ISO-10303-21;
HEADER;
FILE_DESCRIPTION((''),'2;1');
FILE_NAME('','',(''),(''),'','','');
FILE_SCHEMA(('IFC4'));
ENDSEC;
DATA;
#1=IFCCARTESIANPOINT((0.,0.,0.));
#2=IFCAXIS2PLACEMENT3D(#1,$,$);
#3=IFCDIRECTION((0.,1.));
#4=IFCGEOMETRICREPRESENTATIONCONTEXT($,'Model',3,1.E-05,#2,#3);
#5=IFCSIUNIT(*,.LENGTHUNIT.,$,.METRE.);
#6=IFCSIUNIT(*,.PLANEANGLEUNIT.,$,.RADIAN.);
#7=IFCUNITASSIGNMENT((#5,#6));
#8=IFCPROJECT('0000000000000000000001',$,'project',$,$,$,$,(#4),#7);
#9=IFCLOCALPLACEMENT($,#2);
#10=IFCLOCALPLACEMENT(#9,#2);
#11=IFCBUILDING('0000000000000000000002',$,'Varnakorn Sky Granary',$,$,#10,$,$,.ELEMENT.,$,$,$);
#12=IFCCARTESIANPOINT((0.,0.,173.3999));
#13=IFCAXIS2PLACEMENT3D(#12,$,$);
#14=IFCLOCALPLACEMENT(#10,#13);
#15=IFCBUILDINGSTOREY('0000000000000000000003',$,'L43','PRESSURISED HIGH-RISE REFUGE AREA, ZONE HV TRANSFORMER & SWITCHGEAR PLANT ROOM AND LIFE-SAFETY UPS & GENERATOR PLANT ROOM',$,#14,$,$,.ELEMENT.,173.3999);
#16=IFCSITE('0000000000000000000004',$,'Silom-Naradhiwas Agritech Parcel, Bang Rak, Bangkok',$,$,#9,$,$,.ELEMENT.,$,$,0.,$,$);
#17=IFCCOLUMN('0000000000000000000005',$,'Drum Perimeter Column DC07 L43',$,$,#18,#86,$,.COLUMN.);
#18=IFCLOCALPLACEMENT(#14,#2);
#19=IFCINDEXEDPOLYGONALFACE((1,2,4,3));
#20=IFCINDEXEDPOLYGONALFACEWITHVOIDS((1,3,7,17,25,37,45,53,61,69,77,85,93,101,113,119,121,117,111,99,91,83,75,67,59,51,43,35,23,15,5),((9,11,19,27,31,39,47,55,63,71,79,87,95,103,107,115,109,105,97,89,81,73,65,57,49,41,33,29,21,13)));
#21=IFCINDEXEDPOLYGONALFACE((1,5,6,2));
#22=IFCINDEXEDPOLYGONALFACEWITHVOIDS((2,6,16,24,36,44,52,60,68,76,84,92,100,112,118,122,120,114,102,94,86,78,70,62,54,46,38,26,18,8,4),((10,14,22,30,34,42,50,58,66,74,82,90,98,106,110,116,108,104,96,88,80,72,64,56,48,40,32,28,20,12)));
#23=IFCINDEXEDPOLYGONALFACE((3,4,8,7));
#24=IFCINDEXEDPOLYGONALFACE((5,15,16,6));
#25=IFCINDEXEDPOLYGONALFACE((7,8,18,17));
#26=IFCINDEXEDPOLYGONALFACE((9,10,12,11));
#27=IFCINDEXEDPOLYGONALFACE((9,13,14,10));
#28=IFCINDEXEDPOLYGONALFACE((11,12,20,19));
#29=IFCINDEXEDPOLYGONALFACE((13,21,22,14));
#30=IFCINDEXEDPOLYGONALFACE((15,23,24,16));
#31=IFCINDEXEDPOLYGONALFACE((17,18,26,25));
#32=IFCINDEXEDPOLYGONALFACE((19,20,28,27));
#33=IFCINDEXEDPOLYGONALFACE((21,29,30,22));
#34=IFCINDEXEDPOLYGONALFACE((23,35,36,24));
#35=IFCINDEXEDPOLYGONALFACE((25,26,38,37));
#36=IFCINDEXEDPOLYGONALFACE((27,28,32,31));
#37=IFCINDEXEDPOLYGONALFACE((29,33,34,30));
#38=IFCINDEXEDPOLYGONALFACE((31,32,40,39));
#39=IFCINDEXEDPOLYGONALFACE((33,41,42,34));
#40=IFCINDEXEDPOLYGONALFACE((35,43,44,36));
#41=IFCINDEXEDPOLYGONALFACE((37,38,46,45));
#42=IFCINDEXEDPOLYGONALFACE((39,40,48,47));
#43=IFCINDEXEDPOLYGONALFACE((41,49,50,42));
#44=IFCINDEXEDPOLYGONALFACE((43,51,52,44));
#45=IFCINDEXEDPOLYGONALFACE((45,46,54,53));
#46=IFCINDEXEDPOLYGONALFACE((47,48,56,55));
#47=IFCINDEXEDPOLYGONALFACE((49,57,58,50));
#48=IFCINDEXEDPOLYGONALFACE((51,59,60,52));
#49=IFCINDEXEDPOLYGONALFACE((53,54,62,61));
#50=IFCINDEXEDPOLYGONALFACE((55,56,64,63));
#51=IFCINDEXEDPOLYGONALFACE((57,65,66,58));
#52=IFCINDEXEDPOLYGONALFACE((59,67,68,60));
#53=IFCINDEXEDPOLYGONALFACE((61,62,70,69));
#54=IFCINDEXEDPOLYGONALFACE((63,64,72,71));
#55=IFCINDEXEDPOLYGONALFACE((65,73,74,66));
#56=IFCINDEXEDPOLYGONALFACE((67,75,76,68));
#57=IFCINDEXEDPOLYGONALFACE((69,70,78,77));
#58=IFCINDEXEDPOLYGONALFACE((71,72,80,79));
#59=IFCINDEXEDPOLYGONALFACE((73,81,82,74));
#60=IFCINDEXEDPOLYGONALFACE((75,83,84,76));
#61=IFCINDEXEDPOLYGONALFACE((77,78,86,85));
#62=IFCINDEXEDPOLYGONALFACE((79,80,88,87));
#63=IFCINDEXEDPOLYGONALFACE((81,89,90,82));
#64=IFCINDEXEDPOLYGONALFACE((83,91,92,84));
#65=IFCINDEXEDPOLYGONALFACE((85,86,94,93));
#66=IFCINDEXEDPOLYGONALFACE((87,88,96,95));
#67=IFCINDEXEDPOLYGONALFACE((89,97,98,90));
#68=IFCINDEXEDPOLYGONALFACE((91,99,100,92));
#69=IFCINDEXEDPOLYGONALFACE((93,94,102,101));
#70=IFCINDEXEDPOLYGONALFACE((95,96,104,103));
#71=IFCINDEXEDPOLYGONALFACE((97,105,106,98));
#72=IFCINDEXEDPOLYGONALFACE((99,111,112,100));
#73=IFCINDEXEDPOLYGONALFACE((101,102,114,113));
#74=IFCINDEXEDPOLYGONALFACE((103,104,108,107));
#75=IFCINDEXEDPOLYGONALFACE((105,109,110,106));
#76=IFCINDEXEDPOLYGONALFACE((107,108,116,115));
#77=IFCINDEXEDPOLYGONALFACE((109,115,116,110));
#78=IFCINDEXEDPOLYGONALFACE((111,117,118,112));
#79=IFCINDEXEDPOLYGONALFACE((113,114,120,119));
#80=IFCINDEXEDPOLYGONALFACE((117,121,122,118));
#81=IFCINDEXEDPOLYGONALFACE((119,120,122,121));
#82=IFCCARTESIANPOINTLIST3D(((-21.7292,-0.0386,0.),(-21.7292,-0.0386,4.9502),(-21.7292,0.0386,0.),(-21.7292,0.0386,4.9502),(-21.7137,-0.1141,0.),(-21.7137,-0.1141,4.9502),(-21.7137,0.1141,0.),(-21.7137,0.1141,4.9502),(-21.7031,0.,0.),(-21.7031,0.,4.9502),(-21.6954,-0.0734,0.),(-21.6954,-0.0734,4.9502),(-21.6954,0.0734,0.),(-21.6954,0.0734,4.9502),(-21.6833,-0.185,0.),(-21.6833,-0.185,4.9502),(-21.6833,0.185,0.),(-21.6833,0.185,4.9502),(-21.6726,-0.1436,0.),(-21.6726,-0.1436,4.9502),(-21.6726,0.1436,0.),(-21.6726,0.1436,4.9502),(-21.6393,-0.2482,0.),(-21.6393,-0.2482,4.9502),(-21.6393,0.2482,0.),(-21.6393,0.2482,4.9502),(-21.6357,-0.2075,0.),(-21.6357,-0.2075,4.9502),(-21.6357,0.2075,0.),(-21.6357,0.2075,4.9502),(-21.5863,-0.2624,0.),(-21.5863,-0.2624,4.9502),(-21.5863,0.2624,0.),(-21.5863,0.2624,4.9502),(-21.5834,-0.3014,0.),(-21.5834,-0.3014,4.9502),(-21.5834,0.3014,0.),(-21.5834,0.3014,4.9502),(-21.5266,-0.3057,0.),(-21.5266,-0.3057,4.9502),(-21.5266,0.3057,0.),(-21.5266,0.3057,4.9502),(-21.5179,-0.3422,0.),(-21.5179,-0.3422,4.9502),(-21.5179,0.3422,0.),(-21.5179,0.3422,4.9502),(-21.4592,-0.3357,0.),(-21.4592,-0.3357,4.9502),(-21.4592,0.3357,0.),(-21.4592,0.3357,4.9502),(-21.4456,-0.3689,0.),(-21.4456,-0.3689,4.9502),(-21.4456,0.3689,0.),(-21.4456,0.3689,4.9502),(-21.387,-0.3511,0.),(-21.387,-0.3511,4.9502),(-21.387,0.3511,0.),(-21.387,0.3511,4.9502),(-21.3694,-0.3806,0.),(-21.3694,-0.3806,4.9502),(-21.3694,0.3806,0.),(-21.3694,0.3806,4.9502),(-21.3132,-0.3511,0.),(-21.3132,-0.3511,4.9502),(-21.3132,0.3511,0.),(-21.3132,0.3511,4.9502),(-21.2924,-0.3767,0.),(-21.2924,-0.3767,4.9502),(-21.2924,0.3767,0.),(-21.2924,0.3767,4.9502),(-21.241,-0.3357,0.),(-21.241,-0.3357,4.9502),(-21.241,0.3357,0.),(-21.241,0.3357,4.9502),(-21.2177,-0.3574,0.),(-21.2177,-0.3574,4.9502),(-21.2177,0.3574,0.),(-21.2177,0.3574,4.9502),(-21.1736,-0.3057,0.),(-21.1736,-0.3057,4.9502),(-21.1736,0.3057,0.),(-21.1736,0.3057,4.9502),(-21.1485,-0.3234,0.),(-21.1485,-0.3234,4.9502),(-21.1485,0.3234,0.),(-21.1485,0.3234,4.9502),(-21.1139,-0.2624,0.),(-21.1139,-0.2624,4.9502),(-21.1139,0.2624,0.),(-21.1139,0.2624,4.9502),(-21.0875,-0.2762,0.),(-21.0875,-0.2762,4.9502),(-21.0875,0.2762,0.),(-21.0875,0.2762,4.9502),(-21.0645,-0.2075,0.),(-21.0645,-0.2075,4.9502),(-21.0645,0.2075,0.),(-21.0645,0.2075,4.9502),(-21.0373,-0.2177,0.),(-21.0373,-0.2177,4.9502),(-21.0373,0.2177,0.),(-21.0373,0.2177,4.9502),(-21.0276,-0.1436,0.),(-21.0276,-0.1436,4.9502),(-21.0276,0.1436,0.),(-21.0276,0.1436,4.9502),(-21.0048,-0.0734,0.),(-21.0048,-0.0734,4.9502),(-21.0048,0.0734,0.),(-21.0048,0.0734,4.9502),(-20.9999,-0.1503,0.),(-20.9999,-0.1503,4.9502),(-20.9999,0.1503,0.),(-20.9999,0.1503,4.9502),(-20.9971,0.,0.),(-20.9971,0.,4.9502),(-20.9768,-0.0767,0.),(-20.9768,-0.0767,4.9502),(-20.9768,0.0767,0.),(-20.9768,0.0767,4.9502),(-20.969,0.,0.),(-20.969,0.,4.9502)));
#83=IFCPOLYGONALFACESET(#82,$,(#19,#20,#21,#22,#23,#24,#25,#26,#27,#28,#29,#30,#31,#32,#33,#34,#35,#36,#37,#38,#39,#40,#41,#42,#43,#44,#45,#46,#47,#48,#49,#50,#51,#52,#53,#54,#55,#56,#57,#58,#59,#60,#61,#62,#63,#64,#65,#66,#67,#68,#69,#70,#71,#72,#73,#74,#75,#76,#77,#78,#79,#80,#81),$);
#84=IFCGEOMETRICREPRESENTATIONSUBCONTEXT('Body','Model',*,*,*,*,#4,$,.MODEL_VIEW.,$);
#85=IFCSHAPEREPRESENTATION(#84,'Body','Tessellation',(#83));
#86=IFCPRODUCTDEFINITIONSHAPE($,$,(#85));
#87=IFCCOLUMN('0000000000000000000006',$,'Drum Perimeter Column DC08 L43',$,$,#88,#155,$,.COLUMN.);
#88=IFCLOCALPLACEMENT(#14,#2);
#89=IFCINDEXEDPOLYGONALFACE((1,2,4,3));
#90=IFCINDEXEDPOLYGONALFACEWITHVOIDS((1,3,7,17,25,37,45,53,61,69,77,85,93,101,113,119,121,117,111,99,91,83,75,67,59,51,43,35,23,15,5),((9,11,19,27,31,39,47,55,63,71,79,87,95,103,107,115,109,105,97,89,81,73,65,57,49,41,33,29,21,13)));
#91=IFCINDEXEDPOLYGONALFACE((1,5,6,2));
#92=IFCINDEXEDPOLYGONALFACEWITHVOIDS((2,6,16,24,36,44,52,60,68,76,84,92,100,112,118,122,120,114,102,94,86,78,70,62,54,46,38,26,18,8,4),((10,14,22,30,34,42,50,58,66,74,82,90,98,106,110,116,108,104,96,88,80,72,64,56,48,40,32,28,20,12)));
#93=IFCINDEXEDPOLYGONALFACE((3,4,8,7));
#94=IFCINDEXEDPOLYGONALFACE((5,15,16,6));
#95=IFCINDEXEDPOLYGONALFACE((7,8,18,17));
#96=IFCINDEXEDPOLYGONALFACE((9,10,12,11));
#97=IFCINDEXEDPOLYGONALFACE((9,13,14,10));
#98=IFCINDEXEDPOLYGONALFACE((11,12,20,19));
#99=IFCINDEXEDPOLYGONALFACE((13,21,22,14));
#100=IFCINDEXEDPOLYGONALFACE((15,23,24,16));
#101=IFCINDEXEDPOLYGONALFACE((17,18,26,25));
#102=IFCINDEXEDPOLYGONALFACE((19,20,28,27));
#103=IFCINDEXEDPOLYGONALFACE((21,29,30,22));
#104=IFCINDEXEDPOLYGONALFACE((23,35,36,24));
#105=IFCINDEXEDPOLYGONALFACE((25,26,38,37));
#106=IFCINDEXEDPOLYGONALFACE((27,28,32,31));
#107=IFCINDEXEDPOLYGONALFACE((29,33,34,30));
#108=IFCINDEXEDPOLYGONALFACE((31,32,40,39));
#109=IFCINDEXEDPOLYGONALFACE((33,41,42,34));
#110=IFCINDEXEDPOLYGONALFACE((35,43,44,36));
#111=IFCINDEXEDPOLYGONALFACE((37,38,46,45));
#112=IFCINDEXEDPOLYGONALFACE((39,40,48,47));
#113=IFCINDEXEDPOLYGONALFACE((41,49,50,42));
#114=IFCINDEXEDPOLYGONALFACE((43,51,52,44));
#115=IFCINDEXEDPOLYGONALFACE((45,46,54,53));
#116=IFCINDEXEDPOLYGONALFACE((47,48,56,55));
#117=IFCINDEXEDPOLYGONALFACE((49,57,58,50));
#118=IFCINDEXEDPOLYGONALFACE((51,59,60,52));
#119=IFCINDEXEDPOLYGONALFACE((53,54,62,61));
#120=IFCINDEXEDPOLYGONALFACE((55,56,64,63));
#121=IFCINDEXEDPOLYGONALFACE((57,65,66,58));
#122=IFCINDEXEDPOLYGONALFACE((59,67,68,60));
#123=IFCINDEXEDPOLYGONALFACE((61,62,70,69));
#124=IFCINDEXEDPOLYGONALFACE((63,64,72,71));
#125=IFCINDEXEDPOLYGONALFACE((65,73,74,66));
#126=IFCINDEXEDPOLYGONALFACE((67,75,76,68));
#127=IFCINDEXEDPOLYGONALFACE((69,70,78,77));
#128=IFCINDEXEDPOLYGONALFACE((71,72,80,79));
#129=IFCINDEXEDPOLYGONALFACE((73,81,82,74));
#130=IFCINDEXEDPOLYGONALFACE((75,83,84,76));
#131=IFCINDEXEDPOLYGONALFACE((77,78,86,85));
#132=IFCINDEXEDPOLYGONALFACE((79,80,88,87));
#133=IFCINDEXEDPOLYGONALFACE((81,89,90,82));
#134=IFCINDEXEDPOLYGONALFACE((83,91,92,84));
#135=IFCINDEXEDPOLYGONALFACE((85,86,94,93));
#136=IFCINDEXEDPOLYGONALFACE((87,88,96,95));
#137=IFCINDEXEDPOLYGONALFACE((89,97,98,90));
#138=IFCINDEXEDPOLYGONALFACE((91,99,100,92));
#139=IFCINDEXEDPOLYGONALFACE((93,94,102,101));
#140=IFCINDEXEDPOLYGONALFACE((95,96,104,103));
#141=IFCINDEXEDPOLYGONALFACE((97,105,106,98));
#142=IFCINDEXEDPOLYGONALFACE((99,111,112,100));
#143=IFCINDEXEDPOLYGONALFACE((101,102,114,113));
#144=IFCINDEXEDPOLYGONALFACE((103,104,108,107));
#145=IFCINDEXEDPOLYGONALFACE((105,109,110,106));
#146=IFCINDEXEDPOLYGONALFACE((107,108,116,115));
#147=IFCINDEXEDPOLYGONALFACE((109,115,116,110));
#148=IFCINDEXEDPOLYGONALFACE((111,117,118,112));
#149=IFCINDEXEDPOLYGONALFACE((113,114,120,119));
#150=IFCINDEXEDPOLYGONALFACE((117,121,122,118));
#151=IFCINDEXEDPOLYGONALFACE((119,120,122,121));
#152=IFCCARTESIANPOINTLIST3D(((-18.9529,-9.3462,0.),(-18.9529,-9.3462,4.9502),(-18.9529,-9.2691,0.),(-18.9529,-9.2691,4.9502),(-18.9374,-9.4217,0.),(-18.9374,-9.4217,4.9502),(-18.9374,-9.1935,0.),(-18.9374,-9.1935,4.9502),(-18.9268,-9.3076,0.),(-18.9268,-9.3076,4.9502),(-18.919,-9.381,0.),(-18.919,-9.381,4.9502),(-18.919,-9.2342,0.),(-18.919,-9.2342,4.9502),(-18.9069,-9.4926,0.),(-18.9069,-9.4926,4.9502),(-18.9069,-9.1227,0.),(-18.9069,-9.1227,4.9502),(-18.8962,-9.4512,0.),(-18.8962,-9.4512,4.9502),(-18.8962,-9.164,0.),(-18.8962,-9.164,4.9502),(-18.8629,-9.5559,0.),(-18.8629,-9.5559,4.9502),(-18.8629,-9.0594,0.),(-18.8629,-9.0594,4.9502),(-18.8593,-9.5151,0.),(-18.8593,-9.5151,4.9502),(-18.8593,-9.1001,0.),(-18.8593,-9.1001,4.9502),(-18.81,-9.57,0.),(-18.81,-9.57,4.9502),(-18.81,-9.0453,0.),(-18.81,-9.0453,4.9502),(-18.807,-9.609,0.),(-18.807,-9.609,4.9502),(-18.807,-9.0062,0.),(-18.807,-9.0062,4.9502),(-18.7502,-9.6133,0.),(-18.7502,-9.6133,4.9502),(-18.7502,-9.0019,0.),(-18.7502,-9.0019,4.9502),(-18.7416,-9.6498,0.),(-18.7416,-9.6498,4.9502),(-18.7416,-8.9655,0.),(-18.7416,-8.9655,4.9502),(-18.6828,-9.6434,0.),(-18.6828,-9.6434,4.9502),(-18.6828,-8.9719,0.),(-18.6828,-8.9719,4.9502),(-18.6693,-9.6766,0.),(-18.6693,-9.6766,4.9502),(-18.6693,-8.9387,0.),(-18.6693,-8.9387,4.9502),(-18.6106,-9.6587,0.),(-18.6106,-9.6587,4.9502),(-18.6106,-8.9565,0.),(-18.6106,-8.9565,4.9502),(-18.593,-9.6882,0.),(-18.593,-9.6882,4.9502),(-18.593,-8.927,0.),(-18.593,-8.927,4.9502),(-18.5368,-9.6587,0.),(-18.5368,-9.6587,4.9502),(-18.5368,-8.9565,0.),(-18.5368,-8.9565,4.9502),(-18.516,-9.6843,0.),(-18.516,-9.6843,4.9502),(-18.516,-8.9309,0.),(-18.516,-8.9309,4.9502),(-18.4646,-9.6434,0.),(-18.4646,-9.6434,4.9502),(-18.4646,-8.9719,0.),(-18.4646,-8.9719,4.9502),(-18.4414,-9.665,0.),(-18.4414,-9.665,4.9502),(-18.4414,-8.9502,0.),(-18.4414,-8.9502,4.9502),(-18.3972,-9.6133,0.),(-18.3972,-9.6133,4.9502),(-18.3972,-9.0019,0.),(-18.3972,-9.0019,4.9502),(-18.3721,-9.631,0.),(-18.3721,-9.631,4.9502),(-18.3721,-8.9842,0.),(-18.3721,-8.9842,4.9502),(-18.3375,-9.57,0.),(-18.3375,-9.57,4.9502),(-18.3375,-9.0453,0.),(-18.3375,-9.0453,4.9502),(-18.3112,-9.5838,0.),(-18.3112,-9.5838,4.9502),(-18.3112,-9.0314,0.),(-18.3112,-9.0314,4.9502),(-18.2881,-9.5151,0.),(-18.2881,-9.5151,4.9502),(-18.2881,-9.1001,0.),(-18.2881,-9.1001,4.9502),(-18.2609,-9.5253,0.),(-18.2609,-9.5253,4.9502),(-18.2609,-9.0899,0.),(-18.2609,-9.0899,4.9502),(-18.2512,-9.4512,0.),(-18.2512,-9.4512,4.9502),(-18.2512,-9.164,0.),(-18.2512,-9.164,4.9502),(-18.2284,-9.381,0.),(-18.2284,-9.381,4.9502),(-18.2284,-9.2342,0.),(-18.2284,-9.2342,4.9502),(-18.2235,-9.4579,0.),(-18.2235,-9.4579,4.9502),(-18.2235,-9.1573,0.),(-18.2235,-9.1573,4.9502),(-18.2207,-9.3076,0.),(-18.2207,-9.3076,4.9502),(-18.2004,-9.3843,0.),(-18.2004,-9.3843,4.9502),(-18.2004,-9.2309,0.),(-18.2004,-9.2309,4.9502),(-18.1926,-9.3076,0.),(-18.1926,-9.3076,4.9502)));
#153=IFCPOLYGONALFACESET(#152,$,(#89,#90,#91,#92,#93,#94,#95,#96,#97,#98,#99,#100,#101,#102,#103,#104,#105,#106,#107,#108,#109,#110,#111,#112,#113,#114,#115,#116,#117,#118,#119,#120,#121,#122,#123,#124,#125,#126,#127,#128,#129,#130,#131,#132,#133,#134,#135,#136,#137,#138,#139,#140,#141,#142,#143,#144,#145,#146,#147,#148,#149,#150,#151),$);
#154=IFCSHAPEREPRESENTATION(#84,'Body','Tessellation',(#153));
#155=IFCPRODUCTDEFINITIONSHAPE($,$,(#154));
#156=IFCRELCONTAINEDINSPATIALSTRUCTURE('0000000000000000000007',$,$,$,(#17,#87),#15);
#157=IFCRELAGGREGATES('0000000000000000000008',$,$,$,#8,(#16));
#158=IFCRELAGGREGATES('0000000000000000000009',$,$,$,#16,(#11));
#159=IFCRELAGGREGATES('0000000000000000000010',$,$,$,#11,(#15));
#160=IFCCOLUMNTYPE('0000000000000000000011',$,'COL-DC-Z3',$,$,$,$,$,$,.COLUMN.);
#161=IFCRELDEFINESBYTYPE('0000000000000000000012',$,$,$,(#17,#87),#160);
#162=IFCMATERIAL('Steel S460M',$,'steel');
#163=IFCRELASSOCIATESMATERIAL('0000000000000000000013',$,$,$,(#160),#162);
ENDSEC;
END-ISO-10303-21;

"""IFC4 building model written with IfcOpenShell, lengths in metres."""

from ifc_helpers import new_model, si_unit, direction, frame, origin, origin_2d, place, context, subcontext, project, spatial, hollow_circle, extrude, material, material_profile, profile_set, type_object, element, save


model = new_model("IFC4")

# Units and contexts
model_context = context("Model", 3, precision=1e-05, world=origin(), true_north=direction((0.0, 1.0)))
body_context = subcontext(model_context, "Body", "Model", "MODEL_VIEW")
ifc_project = project(units=[si_unit("LENGTHUNIT", "METRE"), si_unit("PLANEANGLEUNIT", "RADIAN")], contexts=[model_context])

# Site, building, storey
site_placement = place(None, origin())
site = spatial("IfcSite", under=ifc_project, at=site_placement, Name="Silom-Naradhiwas Agritech Parcel, Bang Rak, Bangkok", CompositionType="ELEMENT", RefElevation=0.0)
building_placement = place(site_placement, origin())
building = spatial("IfcBuilding", under=site, at=building_placement, Name="Varnakorn Sky Granary", CompositionType="ELEMENT")
storey_placement = place(building_placement, frame((0.0, 0.0, 173.3999)))
storey = spatial("IfcBuildingStorey", under=building, at=storey_placement, Name="L43", Description="PRESSURISED HIGH-RISE REFUGE AREA, ZONE HV TRANSFORMER & SWITCHGEAR PLANT ROOM AND LIFE-SAFETY UPS & GENERATOR PLANT ROOM", CompositionType="ELEMENT", Elevation=173.3999)

# Columns
ifc_material_1 = material(Name="Steel S460M", Category="steel")
ifc_material_profile_1 = material_profile(ifc_material_1, hollow_circle(Radius=0.3811, WallThickness=0.0281, at=origin_2d()), Name="CHS 762x28")
ifc_profile_set_1 = profile_set([ifc_material_profile_1], Name="Steel S460M")
column_type = type_object("IfcColumnType", Name="COL-DC-Z3", PredefinedType="COLUMN", material=ifc_profile_set_1)
for number, where, z_axis, x_axis, name in (
    (1, (-21.3501, 0.0, 0.0), (0.0, 0.0, 1.0), (1.0, 0.0, 0.0), "Drum Perimeter Column DC07 L43"),
    (2, (-18.5737, -9.3076, 0.0), (0.0, 0.0, 1.0), (1.0, 0.0, 0.0), "Drum Perimeter Column DC08 L43"),
):
    element("IfcColumn", number, at=place(storey_placement, frame(where, z_axis=z_axis, x_axis=x_axis)), inside=storey, type_object=column_type, Name=name, PredefinedType="COLUMN", context=body_context, shape_type="SweptSolid", body=[
        extrude(hollow_circle(Radius=0.3811, WallThickness=0.0281, at=origin_2d()), origin(), (0.0, 0.0, 1.0), 4.9502),
    ])

save(model, "model.ifc")
